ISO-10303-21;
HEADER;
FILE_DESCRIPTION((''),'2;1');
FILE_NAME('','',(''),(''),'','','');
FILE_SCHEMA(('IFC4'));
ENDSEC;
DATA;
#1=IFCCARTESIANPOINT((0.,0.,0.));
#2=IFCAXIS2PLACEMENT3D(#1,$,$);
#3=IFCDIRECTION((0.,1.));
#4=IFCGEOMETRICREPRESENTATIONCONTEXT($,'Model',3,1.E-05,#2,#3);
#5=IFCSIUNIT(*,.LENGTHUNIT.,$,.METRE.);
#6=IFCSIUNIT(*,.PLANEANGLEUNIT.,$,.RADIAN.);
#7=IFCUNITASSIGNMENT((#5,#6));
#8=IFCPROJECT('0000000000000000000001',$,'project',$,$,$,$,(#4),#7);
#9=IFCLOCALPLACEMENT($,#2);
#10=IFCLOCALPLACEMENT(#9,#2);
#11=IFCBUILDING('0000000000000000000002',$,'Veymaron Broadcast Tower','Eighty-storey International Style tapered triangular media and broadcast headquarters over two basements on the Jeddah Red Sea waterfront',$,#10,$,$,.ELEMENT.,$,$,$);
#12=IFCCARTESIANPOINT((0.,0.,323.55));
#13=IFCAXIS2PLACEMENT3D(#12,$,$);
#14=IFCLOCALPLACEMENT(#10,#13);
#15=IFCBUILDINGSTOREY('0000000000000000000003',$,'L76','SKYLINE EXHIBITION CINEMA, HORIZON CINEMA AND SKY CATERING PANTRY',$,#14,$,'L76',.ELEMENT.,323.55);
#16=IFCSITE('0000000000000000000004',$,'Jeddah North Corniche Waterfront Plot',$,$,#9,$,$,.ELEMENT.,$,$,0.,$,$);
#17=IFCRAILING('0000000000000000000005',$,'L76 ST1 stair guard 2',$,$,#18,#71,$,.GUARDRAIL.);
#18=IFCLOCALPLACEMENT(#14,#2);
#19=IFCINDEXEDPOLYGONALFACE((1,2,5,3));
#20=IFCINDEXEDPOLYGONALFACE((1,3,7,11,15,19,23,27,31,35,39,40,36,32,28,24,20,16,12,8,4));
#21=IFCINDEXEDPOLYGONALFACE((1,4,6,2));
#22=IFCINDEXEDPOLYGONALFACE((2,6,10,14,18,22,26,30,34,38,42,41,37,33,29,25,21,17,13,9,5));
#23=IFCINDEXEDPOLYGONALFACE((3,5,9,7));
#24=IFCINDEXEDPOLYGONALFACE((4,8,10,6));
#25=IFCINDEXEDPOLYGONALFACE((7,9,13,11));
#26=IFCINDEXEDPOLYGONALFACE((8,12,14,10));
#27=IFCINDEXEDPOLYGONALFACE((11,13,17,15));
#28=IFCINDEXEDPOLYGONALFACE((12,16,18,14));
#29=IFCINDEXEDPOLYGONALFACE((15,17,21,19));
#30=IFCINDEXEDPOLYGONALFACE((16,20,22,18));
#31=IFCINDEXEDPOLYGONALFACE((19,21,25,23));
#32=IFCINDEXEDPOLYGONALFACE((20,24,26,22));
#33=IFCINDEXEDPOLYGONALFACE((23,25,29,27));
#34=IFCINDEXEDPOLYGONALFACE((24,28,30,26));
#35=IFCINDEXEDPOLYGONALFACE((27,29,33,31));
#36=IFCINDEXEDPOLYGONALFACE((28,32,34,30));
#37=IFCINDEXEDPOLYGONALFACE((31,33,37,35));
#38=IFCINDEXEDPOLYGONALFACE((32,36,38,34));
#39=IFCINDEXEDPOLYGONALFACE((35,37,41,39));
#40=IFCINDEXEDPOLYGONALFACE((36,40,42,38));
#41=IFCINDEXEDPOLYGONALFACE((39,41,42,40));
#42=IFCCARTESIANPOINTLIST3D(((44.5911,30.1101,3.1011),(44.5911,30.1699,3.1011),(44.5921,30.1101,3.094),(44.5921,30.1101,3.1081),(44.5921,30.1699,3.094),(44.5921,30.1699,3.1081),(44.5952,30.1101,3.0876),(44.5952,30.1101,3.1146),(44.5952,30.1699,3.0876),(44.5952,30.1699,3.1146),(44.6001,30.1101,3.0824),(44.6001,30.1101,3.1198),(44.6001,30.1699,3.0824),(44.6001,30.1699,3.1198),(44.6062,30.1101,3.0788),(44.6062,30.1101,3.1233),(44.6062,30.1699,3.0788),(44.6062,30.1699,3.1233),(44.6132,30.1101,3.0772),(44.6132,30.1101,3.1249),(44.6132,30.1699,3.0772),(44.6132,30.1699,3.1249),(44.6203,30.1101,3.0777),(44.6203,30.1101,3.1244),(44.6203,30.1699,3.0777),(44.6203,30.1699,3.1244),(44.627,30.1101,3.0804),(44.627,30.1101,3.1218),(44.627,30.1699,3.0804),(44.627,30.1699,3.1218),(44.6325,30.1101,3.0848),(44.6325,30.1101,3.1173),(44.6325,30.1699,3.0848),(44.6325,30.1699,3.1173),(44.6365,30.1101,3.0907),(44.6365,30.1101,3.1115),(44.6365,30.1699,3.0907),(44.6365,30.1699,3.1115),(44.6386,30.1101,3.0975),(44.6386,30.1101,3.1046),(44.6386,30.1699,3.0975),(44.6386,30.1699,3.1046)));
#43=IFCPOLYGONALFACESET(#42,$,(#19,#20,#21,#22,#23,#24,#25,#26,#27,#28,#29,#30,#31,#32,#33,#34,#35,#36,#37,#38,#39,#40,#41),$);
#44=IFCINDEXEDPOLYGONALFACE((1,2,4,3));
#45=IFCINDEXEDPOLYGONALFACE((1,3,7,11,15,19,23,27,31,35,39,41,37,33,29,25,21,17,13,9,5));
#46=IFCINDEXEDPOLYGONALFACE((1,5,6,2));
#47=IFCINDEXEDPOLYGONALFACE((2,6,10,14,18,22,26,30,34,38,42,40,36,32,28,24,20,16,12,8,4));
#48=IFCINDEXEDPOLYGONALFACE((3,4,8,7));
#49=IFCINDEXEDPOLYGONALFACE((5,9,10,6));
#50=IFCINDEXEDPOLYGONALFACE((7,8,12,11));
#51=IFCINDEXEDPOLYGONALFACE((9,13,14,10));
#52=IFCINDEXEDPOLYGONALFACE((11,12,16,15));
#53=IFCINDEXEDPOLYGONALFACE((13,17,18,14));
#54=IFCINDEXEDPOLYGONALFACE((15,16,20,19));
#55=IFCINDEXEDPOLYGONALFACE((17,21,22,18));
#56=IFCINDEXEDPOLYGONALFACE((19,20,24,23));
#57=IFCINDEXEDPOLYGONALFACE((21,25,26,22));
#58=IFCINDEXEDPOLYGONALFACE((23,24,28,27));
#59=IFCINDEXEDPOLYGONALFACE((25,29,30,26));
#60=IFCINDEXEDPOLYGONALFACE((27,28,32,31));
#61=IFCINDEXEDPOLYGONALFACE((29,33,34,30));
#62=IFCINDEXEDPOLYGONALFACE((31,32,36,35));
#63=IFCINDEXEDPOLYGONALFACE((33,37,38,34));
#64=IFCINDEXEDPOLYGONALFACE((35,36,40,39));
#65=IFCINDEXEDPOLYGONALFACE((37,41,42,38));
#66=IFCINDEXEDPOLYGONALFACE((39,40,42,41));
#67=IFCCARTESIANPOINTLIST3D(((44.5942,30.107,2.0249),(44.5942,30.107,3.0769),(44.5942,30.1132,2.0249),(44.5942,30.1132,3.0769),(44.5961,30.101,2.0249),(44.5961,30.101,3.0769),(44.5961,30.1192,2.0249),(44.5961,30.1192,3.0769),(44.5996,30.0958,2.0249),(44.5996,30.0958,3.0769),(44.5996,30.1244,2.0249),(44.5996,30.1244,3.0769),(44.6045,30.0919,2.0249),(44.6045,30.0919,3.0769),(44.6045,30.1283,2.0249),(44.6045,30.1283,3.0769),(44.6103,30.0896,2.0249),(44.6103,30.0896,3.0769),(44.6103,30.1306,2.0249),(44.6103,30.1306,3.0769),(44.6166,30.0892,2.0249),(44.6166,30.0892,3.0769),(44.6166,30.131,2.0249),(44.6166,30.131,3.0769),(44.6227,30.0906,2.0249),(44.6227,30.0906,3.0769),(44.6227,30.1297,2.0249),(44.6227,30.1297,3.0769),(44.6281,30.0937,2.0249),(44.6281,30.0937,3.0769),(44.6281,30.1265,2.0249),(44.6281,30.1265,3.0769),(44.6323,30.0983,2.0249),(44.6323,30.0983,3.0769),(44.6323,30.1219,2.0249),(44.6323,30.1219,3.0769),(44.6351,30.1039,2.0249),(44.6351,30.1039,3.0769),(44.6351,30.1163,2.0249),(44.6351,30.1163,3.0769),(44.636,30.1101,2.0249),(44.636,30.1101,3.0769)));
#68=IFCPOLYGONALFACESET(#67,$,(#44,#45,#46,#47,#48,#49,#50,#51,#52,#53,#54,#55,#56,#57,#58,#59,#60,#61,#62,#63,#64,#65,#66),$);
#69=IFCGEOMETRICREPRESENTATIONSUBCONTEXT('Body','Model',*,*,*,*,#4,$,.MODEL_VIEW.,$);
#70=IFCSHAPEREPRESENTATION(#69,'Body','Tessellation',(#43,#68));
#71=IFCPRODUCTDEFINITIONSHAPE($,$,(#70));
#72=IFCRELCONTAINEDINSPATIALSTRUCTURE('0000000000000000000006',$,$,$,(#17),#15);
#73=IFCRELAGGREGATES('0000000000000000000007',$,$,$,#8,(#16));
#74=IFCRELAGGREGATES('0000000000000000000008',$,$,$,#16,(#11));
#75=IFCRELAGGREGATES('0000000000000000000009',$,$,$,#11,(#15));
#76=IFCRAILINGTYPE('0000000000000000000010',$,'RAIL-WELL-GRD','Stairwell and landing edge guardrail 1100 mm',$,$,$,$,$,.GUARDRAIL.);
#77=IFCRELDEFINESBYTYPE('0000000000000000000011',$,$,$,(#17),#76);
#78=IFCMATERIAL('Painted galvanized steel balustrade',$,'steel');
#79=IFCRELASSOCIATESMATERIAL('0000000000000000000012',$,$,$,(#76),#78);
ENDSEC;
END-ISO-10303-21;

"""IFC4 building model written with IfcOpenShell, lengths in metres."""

from ifc_helpers import new_model, si_unit, direction, frame, origin, origin_2d, place, context, subcontext, project, spatial, circle, extrude, material, type_object, element, save


model = new_model("IFC4")

# Units and contexts
model_context = context("Model", 3, precision=1e-05, world=origin(), true_north=direction((0.0, 1.0)))
body_context = subcontext(model_context, "Body", "Model", "MODEL_VIEW")
ifc_project = project(units=[si_unit("LENGTHUNIT", "METRE"), si_unit("PLANEANGLEUNIT", "RADIAN")], contexts=[model_context])

# Site, building, storey
site_placement = place(None, origin())
site = spatial("IfcSite", under=ifc_project, at=site_placement, Name="Jeddah North Corniche Waterfront Plot", CompositionType="ELEMENT", RefElevation=0.0)
building_placement = place(site_placement, origin())
building = spatial("IfcBuilding", under=site, at=building_placement, Name="Veymaron Broadcast Tower", Description="Eighty-storey International Style tapered triangular media and broadcast headquarters over two basements on the Jeddah Red Sea waterfront", CompositionType="ELEMENT")
storey_placement = place(building_placement, frame((0.0, 0.0, 323.55)))
storey = spatial("IfcBuildingStorey", under=building, at=storey_placement, Name="L76", Description="SKYLINE EXHIBITION CINEMA, HORIZON CINEMA AND SKY CATERING PANTRY", LongName="L76", CompositionType="ELEMENT", Elevation=323.55)

# Railing
ifc_material_1 = material(Name="Painted galvanized steel balustrade", Category="steel")
railing_type = type_object("IfcRailingType", Name="RAIL-WELL-GRD", Description="Stairwell and landing edge guardrail 1100 mm", PredefinedType="GUARDRAIL", material=ifc_material_1)
railing_placement = place(storey_placement, frame((44.615, 30.1101, 2.0249)))
element("IfcRailing", 1, at=railing_placement, inside=storey, type_object=railing_type, Name="L76 ST1 stair guard 2", PredefinedType="GUARDRAIL", context=body_context, shape_type="SweptSolid", body=[
    extrude(circle(Radius=0.0239, at=origin_2d()), frame((0.0, 0.0, 1.0762), z_axis=(0.0, 1.0, 0.0), x_axis=(-1.0, 0.0, 0.0)), (0.0, 0.0, 1.0), 0.0598),
    extrude(circle(Radius=0.021, at=origin_2d()), origin(), (0.0, 0.0, 1.0), 1.052),
])

save(model, "model.ifc")
